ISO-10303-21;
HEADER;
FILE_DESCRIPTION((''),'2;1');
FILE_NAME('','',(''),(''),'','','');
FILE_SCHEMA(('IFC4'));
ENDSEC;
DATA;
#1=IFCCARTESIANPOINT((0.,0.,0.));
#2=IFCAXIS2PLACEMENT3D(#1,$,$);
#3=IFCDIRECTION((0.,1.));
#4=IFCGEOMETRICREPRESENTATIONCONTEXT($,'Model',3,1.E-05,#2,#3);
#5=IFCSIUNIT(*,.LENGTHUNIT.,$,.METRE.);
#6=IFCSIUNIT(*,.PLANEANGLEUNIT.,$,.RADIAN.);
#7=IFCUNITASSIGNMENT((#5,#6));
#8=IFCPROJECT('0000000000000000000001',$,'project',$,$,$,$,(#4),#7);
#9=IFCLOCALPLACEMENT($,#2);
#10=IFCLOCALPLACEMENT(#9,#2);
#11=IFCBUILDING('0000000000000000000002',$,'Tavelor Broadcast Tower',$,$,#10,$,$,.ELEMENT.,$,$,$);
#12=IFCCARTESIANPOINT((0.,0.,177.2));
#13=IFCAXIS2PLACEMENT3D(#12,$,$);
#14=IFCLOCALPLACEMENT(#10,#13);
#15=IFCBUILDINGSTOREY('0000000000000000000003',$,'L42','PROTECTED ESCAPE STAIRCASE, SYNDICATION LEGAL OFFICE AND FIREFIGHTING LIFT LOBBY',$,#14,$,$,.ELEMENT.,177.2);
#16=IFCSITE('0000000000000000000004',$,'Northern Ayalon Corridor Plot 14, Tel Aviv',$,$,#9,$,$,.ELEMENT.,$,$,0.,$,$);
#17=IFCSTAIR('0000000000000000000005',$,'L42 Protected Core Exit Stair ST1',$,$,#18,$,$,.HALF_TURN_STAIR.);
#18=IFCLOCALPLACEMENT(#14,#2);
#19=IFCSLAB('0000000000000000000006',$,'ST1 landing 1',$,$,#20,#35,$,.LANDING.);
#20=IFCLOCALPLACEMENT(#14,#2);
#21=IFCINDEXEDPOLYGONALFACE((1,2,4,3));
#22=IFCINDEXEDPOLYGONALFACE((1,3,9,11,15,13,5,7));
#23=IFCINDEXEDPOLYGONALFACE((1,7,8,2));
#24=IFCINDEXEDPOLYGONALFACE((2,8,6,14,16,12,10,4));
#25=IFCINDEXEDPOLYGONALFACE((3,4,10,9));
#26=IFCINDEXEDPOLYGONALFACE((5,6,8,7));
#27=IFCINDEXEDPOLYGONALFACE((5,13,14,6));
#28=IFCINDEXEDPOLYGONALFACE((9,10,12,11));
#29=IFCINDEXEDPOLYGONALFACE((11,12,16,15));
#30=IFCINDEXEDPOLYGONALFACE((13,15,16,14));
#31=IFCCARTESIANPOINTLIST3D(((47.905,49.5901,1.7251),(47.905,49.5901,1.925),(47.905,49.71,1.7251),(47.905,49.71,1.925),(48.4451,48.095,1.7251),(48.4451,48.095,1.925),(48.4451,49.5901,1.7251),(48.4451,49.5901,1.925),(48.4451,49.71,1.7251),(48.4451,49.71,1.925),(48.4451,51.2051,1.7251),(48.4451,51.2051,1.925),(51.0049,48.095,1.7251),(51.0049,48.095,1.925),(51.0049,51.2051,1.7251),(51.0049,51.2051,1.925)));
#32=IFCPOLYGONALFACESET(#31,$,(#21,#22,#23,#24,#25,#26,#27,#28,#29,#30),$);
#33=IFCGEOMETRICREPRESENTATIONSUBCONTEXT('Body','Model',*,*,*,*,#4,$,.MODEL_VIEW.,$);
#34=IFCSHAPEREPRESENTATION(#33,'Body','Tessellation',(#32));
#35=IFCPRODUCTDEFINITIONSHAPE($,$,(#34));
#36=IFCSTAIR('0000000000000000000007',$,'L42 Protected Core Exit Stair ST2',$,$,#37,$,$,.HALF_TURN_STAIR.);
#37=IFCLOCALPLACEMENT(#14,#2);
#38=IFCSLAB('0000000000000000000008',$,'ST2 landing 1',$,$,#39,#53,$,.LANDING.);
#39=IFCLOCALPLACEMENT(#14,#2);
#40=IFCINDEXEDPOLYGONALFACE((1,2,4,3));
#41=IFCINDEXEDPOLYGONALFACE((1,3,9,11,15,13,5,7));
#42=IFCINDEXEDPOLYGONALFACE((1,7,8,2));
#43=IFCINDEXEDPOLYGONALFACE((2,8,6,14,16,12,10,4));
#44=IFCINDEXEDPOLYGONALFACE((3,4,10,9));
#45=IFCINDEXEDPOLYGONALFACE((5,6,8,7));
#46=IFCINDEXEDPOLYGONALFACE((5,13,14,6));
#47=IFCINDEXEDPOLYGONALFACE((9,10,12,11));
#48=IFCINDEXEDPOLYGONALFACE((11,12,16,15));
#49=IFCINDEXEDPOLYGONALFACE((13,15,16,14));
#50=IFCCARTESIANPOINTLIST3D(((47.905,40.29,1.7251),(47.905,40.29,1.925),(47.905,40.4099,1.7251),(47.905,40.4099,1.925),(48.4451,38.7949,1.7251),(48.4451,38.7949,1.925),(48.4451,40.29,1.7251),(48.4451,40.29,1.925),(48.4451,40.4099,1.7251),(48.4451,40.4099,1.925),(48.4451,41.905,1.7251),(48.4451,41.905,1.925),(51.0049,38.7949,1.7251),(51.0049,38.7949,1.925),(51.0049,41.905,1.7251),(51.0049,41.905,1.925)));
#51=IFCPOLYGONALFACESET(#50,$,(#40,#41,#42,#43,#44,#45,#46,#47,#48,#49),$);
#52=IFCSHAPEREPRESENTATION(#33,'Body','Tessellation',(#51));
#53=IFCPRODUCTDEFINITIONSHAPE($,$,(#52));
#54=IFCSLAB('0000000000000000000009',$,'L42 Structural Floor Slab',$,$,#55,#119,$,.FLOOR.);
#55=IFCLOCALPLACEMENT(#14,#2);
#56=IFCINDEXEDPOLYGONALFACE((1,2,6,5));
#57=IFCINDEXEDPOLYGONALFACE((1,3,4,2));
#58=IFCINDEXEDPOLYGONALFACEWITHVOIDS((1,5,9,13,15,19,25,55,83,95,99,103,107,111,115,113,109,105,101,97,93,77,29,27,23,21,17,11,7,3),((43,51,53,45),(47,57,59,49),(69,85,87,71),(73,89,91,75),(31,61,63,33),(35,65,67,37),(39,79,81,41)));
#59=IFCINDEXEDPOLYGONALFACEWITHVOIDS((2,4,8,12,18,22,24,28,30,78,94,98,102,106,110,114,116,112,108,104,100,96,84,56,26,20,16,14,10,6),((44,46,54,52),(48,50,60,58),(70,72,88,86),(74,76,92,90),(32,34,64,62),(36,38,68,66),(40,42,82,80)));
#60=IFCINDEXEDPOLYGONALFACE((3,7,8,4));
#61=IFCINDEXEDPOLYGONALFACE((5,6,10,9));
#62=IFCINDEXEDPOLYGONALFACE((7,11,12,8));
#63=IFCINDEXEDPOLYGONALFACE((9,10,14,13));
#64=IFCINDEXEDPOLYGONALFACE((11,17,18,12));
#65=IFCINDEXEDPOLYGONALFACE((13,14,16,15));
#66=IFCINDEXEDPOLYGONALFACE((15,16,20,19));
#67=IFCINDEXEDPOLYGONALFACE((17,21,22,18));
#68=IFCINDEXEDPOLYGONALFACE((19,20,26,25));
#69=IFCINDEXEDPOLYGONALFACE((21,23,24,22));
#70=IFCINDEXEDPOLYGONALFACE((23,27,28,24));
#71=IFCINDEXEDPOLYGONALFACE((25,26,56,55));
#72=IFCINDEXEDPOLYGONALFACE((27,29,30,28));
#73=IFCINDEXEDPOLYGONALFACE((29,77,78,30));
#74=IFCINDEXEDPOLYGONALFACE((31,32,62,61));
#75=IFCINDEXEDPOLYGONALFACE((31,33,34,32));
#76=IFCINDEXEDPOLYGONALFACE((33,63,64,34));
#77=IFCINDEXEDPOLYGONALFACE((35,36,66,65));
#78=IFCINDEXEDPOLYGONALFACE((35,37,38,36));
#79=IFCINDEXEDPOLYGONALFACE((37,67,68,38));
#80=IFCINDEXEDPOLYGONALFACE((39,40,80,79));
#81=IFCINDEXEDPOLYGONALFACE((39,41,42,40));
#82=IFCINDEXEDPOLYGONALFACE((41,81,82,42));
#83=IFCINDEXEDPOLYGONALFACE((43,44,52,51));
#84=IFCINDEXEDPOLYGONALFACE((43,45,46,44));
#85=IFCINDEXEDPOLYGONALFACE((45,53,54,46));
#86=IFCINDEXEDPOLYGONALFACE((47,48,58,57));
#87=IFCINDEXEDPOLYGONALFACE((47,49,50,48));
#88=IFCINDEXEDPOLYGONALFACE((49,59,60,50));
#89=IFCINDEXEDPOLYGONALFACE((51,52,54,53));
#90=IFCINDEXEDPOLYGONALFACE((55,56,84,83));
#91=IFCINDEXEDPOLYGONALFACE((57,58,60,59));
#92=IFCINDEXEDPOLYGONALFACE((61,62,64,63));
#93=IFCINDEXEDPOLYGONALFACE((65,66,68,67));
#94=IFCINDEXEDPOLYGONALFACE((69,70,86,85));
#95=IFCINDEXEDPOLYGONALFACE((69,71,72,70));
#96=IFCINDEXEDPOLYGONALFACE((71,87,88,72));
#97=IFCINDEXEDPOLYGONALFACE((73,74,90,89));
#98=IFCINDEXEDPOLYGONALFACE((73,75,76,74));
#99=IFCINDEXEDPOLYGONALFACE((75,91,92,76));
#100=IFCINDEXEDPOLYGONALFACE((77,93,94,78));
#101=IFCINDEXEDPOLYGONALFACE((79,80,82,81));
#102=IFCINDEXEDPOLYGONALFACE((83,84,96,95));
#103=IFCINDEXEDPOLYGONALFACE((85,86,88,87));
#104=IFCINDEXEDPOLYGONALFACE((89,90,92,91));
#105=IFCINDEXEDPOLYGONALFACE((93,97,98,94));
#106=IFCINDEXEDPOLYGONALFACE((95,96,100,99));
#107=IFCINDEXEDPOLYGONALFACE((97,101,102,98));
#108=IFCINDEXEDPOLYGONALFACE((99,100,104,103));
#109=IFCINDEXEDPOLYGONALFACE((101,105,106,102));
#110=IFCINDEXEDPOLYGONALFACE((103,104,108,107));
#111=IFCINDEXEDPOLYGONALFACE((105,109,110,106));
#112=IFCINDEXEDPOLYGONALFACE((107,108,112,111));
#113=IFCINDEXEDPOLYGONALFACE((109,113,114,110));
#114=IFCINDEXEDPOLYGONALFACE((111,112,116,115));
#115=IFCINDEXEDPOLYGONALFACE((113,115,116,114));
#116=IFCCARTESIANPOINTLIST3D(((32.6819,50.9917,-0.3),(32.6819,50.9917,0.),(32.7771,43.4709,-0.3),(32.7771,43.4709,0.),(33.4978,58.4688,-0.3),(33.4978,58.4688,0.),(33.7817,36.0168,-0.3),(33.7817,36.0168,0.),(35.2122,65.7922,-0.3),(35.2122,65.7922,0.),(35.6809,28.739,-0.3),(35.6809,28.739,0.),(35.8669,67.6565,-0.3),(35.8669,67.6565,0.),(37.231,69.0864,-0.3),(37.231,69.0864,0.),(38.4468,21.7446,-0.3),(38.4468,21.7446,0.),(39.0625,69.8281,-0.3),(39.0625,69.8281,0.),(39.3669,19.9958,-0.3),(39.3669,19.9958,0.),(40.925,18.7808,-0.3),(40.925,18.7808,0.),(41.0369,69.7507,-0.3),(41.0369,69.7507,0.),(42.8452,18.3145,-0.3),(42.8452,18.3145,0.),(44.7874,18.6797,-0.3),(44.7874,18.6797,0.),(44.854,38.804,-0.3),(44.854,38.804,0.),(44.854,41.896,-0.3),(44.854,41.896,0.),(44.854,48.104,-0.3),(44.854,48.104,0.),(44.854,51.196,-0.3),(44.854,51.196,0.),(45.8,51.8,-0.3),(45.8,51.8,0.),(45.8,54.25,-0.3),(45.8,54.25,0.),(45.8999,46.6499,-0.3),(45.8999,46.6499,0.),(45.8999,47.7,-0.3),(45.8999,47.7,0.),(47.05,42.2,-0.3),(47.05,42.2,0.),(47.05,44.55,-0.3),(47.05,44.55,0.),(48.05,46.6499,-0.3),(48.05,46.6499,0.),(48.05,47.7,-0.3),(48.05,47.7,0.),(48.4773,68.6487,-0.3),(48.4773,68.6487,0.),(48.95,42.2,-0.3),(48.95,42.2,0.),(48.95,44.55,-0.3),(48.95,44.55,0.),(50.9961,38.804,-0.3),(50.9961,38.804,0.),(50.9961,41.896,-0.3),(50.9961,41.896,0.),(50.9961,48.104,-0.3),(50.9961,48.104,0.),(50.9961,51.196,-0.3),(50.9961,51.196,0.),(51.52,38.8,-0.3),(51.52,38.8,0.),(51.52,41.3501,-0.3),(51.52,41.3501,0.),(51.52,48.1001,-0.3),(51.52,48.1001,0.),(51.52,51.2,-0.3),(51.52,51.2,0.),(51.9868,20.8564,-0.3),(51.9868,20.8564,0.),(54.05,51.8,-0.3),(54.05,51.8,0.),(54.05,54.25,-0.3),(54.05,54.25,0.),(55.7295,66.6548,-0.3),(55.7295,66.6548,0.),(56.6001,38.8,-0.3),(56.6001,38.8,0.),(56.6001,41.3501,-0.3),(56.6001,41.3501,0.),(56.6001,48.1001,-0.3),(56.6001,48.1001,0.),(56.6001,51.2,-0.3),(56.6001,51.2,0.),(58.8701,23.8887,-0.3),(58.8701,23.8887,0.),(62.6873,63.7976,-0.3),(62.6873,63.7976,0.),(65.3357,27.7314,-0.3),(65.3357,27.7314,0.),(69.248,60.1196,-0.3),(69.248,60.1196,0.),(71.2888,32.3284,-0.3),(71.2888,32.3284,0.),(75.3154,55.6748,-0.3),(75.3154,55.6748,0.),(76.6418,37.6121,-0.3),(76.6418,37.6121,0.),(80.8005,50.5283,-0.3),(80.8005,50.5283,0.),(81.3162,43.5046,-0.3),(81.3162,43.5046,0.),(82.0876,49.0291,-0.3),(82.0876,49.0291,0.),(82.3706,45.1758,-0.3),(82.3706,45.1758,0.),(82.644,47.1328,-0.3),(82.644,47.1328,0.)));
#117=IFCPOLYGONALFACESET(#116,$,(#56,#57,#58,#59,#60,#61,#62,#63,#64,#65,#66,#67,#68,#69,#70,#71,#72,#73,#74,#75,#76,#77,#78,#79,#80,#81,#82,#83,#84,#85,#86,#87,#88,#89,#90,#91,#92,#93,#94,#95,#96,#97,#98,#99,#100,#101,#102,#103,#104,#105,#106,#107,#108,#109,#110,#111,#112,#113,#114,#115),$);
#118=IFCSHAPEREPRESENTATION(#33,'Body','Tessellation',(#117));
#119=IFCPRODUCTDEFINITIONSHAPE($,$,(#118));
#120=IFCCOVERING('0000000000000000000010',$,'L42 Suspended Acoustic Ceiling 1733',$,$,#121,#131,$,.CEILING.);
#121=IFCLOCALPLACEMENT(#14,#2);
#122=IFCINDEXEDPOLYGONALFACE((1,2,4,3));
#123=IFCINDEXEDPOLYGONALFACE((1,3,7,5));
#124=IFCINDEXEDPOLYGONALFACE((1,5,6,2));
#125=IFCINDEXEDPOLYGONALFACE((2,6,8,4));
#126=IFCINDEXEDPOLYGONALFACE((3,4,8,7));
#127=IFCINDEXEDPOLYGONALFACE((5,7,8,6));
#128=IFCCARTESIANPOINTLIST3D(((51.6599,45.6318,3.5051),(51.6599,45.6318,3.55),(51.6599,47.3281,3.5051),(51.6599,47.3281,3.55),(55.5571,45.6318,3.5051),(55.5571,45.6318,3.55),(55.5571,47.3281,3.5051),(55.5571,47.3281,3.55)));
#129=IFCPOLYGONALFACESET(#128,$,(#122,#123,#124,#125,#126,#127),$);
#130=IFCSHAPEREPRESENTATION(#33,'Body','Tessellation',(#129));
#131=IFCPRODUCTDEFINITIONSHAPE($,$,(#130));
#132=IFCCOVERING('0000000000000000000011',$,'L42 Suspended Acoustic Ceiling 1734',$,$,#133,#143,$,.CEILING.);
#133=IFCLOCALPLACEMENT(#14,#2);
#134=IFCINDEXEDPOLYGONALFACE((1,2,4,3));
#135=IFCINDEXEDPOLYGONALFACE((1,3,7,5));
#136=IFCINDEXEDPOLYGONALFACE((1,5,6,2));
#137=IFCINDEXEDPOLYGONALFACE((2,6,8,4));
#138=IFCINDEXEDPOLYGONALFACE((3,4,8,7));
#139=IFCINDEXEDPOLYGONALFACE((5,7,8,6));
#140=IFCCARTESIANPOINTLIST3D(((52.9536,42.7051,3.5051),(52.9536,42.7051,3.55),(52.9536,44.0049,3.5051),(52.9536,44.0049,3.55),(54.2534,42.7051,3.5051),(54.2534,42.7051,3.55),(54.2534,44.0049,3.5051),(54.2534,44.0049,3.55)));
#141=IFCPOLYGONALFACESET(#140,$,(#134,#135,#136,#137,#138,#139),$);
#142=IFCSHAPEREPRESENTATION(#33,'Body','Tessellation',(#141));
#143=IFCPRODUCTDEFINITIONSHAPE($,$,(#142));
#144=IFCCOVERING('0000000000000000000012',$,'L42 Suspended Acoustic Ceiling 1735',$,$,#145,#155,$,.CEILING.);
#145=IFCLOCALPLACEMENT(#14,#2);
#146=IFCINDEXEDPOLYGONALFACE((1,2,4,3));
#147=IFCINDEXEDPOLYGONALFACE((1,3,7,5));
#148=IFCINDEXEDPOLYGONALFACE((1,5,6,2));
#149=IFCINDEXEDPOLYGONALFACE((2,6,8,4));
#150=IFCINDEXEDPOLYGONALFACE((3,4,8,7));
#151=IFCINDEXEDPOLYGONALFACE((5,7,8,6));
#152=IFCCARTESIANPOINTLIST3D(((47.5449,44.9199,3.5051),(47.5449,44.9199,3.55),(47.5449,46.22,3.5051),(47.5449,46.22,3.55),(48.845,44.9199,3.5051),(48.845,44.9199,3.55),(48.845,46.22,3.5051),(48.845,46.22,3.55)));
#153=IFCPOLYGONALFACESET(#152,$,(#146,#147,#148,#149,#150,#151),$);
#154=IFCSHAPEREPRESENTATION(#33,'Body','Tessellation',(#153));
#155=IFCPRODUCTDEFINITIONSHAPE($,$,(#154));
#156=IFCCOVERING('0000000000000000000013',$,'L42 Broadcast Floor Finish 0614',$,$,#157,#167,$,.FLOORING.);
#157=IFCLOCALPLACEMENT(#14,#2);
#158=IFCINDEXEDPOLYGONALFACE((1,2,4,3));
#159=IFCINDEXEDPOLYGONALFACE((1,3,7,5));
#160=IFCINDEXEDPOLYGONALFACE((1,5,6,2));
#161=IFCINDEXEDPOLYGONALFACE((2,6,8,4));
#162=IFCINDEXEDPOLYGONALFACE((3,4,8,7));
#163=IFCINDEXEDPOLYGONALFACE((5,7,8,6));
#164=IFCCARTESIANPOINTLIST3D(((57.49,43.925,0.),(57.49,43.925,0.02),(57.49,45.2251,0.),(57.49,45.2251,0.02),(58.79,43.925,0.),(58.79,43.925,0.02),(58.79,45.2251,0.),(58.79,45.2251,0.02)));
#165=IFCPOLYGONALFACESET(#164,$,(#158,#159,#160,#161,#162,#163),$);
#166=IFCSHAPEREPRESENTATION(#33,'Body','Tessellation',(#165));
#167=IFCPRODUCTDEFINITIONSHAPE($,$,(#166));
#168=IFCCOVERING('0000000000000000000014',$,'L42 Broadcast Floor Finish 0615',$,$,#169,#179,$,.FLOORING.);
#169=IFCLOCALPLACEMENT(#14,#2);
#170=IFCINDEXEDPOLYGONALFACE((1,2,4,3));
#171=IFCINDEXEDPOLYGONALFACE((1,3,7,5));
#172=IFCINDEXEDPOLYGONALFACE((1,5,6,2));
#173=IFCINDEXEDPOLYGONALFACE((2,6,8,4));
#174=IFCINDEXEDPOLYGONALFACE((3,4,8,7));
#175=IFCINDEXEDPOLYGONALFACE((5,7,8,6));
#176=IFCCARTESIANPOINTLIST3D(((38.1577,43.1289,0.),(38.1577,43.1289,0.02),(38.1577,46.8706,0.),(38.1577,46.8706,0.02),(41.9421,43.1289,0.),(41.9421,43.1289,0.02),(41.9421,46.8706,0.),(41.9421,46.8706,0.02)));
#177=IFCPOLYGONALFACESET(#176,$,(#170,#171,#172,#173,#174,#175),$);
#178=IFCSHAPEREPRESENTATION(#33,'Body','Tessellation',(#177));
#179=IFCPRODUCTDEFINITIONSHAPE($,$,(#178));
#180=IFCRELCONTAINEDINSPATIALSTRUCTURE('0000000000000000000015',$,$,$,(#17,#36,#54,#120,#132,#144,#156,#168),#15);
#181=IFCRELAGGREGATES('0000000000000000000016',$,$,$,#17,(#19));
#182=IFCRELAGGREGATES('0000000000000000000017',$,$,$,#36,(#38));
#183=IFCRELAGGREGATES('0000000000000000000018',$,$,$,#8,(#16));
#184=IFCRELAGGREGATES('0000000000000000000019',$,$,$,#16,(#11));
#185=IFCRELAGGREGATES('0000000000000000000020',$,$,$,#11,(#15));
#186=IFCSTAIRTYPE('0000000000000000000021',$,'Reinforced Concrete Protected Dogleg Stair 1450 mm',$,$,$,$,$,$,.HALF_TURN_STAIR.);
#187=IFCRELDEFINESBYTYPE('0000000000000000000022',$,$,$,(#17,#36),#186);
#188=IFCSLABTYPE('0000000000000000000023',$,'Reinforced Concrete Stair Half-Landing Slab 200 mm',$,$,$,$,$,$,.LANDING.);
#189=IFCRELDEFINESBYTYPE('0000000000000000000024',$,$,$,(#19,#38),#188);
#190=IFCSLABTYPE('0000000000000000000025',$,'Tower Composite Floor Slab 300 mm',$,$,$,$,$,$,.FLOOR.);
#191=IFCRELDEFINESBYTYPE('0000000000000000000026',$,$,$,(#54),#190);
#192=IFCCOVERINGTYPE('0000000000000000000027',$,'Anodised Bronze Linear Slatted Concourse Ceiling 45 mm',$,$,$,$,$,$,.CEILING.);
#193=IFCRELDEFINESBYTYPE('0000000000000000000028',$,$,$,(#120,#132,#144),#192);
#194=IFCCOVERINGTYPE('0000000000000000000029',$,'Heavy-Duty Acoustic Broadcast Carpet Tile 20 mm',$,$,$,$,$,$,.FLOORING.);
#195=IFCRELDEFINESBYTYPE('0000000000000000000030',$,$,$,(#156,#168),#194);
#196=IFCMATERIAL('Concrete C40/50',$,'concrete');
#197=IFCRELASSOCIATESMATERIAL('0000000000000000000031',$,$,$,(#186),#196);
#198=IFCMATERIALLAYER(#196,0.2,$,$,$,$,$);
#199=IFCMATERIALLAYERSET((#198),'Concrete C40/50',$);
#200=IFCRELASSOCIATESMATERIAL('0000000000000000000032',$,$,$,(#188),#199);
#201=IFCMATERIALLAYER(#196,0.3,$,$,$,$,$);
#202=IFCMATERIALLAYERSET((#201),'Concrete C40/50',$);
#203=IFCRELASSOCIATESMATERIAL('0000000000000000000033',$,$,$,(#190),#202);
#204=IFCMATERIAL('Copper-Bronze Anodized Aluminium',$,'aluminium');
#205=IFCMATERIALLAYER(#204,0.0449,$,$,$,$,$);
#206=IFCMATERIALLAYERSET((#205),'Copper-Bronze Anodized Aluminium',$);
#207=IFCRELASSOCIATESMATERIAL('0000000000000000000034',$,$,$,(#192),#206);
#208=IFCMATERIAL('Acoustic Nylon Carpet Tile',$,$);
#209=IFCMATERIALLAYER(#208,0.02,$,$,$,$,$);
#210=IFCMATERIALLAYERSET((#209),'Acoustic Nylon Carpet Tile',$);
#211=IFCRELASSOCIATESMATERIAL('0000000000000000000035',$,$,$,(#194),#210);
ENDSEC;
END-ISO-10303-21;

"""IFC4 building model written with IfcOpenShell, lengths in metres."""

from ifc_helpers import new_model, si_unit, direction, frame, origin, place, context, subcontext, project, spatial, polyline, outline, extrude, material, layer, layer_set, type_object, element, aggregate, save


model = new_model("IFC4")

# Units and contexts
model_context = context("Model", 3, precision=1e-05, world=origin(), true_north=direction((0.0, 1.0)))
body_context = subcontext(model_context, "Body", "Model", "MODEL_VIEW")
ifc_project = project(units=[si_unit("LENGTHUNIT", "METRE"), si_unit("PLANEANGLEUNIT", "RADIAN")], contexts=[model_context])

# Site, building, storey
site_placement = place(None, origin())
site = spatial("IfcSite", under=ifc_project, at=site_placement, Name="Northern Ayalon Corridor Plot 14, Tel Aviv", CompositionType="ELEMENT", RefElevation=0.0)
building_placement = place(site_placement, origin())
building = spatial("IfcBuilding", under=site, at=building_placement, Name="Tavelor Broadcast Tower", CompositionType="ELEMENT")
storey_placement = place(building_placement, frame((0.0, 0.0, 177.2)))
storey = spatial("IfcBuildingStorey", under=building, at=storey_placement, Name="L42", Description="PROTECTED ESCAPE STAIRCASE, SYNDICATION LEGAL OFFICE AND FIREFIGHTING LIFT LOBBY", CompositionType="ELEMENT", Elevation=177.2)

# Stairs, slabs
ifc_material_1 = material(Name="Concrete C40/50", Category="concrete")
stair_type = type_object("IfcStairType", Name="Reinforced Concrete Protected Dogleg Stair 1450 mm", PredefinedType="HALF_TURN_STAIR", material=ifc_material_1)
stair_1_placement = place(storey_placement, origin())
stair_1 = element("IfcStair", 1, at=stair_1_placement, inside=storey, type_object=stair_type, Name="L42 Protected Core Exit Stair ST1", PredefinedType="HALF_TURN_STAIR")
ifc_layer_1 = layer(ifc_material_1, 0.2)
ifc_layer_set_1 = layer_set([ifc_layer_1], Name="Concrete C40/50")
slab_type_1 = type_object("IfcSlabType", Name="Reinforced Concrete Stair Half-Landing Slab 200 mm", PredefinedType="LANDING", material=ifc_layer_set_1)
slab_1_placement = place(storey_placement, frame((0.0, 0.0, 1.7251)))
slab_1 = element("IfcSlab", 2, at=slab_1_placement, type_object=slab_type_1, Name="ST1 landing 1", PredefinedType="LANDING", context=body_context, shape_type="SweptSolid", body=[
    extrude(outline(polyline([(48.4451, 49.5901), (48.4451, 48.095), (51.0049, 48.095), (51.0049, 51.2051), (48.4451, 51.2051), (48.4451, 49.71), (47.905, 49.71), (47.905, 49.5901), (48.4451, 49.5901)])), origin(), (0.0, 0.0, 1.0), 0.2),
])
aggregate(stair_1, [slab_1])
stair_2_placement = place(storey_placement, origin())
stair_2 = element("IfcStair", 3, at=stair_2_placement, inside=storey, type_object=stair_type, Name="L42 Protected Core Exit Stair ST2", PredefinedType="HALF_TURN_STAIR")
slab_2_placement = place(storey_placement, frame((0.0, 0.0, 1.7251)))
slab_2 = element("IfcSlab", 4, at=slab_2_placement, type_object=slab_type_1, Name="ST2 landing 1", PredefinedType="LANDING", context=body_context, shape_type="SweptSolid", body=[
    extrude(outline(polyline([(48.4451, 40.29), (48.4451, 38.7949), (51.0049, 38.7949), (51.0049, 41.905), (48.4451, 41.905), (48.4451, 40.4099), (47.905, 40.4099), (47.905, 40.29), (48.4451, 40.29)])), origin(), (0.0, 0.0, 1.0), 0.2),
])
aggregate(stair_2, [slab_2])

# Slab
ifc_layer_2 = layer(ifc_material_1, 0.3)
ifc_layer_set_2 = layer_set([ifc_layer_2], Name="Concrete C40/50")
slab_type_2 = type_object("IfcSlabType", Name="Tower Composite Floor Slab 300 mm", PredefinedType="FLOOR", material=ifc_layer_set_2)
slab_3_placement = place(storey_placement, frame((0.0, 0.0, -0.3)))
element("IfcSlab", 5, at=slab_3_placement, inside=storey, type_object=slab_type_2, Name="L42 Structural Floor Slab", PredefinedType="FLOOR", context=body_context, shape_type="SweptSolid", body=[
    extrude(outline(polyline([(41.0369, 69.7507), (39.0625, 69.8281), (37.231, 69.0864), (35.8669, 67.6565), (35.2122, 65.7922), (33.4978, 58.4688), (32.6819, 50.9917), (32.7771, 43.4709), (33.7817, 36.0168), (35.6809, 28.739), (38.4468, 21.7446), (39.3669, 19.9958), (40.925, 18.7808), (42.8452, 18.3145), (44.7874, 18.6797), (51.9868, 20.8564), (58.8701, 23.8887), (65.3357, 27.7314), (71.2888, 32.3284), (76.6418, 37.6121), (81.3162, 43.5046), (82.3706, 45.1758), (82.644, 47.1328), (82.0876, 49.0291), (80.8005, 50.5283), (75.3154, 55.6748), (69.248, 60.1196), (62.6873, 63.7976), (55.7295, 66.6548), (48.4773, 68.6487), (41.0369, 69.7507)]), holes=[polyline([(56.6001, 41.3501), (56.6001, 38.8), (51.52, 38.8), (51.52, 41.3501), (56.6001, 41.3501)]), polyline([(50.9961, 38.804), (44.854, 38.804), (44.854, 41.896), (50.9961, 41.896), (50.9961, 38.804)]), polyline([(47.05, 42.2), (47.05, 44.55), (48.95, 44.55), (48.95, 42.2), (47.05, 42.2)]), polyline([(48.05, 46.6499), (45.8999, 46.6499), (45.8999, 47.7), (48.05, 47.7), (48.05, 46.6499)]), polyline([(50.9961, 48.104), (44.854, 48.104), (44.854, 51.196), (50.9961, 51.196), (50.9961, 48.104)]), polyline([(56.6001, 48.1001), (51.52, 48.1001), (51.52, 51.2), (56.6001, 51.2), (56.6001, 48.1001)]), polyline([(54.05, 51.8), (45.8, 51.8), (45.8, 54.25), (54.05, 54.25), (54.05, 51.8)])]), origin(), (0.0, 0.0, 1.0), 0.3),
])

# Coverings
ifc_material_2 = material(Name="Copper-Bronze Anodized Aluminium", Category="aluminium")
ifc_layer_3 = layer(ifc_material_2, 0.0449)
ifc_layer_set_3 = layer_set([ifc_layer_3], Name="Copper-Bronze Anodized Aluminium")
covering_type_1 = type_object("IfcCoveringType", Name="Anodised Bronze Linear Slatted Concourse Ceiling 45 mm", PredefinedType="CEILING", material=ifc_layer_set_3)
covering_1_placement = place(storey_placement, frame((0.0, 0.0, 3.5051)))
element("IfcCovering", 6, at=covering_1_placement, inside=storey, type_object=covering_type_1, Name="L42 Suspended Acoustic Ceiling 1733", PredefinedType="CEILING", context=body_context, shape_type="SweptSolid", body=[
    extrude(outline(polyline([(51.6599, 45.6318), (55.5571, 45.6318), (55.5571, 47.3281), (51.6599, 47.3281), (51.6599, 45.6318)])), origin(), (0.0, 0.0, 1.0), 0.0449),
])
covering_2_placement = place(storey_placement, frame((0.0, 0.0, 3.5051)))
element("IfcCovering", 7, at=covering_2_placement, inside=storey, type_object=covering_type_1, Name="L42 Suspended Acoustic Ceiling 1734", PredefinedType="CEILING", context=body_context, shape_type="SweptSolid", body=[
    extrude(outline(polyline([(52.9536, 42.7051), (54.2534, 42.7051), (54.2534, 44.0049), (52.9536, 44.0049), (52.9536, 42.7051)])), origin(), (0.0, 0.0, 1.0), 0.0449),
])
covering_3_placement = place(storey_placement, frame((0.0, 0.0, 3.5051)))
element("IfcCovering", 8, at=covering_3_placement, inside=storey, type_object=covering_type_1, Name="L42 Suspended Acoustic Ceiling 1735", PredefinedType="CEILING", context=body_context, shape_type="SweptSolid", body=[
    extrude(outline(polyline([(47.5449, 44.9199), (48.845, 44.9199), (48.845, 46.22), (47.5449, 46.22), (47.5449, 44.9199)])), origin(), (0.0, 0.0, 1.0), 0.0449),
])
ifc_material_3 = material(Name="Acoustic Nylon Carpet Tile")
ifc_layer_4 = layer(ifc_material_3, 0.02)
ifc_layer_set_4 = layer_set([ifc_layer_4], Name="Acoustic Nylon Carpet Tile")
covering_type_2 = type_object("IfcCoveringType", Name="Heavy-Duty Acoustic Broadcast Carpet Tile 20 mm", PredefinedType="FLOORING", material=ifc_layer_set_4)
covering_4_placement = place(storey_placement, origin())
element("IfcCovering", 9, at=covering_4_placement, inside=storey, type_object=covering_type_2, Name="L42 Broadcast Floor Finish 0614", PredefinedType="FLOORING", context=body_context, shape_type="SweptSolid", body=[
    extrude(outline(polyline([(57.49, 43.925), (58.79, 43.925), (58.79, 45.2251), (57.49, 45.2251), (57.49, 43.925)])), origin(), (0.0, 0.0, 1.0), 0.02),
])
covering_5_placement = place(storey_placement, origin())
element("IfcCovering", 10, at=covering_5_placement, inside=storey, type_object=covering_type_2, Name="L42 Broadcast Floor Finish 0615", PredefinedType="FLOORING", context=body_context, shape_type="SweptSolid", body=[
    extrude(outline(polyline([(38.1577, 43.1289), (41.9421, 43.1289), (41.9421, 46.8706), (38.1577, 46.8706), (38.1577, 43.1289)])), origin(), (0.0, 0.0, 1.0), 0.02),
])

save(model, "model.ifc")
